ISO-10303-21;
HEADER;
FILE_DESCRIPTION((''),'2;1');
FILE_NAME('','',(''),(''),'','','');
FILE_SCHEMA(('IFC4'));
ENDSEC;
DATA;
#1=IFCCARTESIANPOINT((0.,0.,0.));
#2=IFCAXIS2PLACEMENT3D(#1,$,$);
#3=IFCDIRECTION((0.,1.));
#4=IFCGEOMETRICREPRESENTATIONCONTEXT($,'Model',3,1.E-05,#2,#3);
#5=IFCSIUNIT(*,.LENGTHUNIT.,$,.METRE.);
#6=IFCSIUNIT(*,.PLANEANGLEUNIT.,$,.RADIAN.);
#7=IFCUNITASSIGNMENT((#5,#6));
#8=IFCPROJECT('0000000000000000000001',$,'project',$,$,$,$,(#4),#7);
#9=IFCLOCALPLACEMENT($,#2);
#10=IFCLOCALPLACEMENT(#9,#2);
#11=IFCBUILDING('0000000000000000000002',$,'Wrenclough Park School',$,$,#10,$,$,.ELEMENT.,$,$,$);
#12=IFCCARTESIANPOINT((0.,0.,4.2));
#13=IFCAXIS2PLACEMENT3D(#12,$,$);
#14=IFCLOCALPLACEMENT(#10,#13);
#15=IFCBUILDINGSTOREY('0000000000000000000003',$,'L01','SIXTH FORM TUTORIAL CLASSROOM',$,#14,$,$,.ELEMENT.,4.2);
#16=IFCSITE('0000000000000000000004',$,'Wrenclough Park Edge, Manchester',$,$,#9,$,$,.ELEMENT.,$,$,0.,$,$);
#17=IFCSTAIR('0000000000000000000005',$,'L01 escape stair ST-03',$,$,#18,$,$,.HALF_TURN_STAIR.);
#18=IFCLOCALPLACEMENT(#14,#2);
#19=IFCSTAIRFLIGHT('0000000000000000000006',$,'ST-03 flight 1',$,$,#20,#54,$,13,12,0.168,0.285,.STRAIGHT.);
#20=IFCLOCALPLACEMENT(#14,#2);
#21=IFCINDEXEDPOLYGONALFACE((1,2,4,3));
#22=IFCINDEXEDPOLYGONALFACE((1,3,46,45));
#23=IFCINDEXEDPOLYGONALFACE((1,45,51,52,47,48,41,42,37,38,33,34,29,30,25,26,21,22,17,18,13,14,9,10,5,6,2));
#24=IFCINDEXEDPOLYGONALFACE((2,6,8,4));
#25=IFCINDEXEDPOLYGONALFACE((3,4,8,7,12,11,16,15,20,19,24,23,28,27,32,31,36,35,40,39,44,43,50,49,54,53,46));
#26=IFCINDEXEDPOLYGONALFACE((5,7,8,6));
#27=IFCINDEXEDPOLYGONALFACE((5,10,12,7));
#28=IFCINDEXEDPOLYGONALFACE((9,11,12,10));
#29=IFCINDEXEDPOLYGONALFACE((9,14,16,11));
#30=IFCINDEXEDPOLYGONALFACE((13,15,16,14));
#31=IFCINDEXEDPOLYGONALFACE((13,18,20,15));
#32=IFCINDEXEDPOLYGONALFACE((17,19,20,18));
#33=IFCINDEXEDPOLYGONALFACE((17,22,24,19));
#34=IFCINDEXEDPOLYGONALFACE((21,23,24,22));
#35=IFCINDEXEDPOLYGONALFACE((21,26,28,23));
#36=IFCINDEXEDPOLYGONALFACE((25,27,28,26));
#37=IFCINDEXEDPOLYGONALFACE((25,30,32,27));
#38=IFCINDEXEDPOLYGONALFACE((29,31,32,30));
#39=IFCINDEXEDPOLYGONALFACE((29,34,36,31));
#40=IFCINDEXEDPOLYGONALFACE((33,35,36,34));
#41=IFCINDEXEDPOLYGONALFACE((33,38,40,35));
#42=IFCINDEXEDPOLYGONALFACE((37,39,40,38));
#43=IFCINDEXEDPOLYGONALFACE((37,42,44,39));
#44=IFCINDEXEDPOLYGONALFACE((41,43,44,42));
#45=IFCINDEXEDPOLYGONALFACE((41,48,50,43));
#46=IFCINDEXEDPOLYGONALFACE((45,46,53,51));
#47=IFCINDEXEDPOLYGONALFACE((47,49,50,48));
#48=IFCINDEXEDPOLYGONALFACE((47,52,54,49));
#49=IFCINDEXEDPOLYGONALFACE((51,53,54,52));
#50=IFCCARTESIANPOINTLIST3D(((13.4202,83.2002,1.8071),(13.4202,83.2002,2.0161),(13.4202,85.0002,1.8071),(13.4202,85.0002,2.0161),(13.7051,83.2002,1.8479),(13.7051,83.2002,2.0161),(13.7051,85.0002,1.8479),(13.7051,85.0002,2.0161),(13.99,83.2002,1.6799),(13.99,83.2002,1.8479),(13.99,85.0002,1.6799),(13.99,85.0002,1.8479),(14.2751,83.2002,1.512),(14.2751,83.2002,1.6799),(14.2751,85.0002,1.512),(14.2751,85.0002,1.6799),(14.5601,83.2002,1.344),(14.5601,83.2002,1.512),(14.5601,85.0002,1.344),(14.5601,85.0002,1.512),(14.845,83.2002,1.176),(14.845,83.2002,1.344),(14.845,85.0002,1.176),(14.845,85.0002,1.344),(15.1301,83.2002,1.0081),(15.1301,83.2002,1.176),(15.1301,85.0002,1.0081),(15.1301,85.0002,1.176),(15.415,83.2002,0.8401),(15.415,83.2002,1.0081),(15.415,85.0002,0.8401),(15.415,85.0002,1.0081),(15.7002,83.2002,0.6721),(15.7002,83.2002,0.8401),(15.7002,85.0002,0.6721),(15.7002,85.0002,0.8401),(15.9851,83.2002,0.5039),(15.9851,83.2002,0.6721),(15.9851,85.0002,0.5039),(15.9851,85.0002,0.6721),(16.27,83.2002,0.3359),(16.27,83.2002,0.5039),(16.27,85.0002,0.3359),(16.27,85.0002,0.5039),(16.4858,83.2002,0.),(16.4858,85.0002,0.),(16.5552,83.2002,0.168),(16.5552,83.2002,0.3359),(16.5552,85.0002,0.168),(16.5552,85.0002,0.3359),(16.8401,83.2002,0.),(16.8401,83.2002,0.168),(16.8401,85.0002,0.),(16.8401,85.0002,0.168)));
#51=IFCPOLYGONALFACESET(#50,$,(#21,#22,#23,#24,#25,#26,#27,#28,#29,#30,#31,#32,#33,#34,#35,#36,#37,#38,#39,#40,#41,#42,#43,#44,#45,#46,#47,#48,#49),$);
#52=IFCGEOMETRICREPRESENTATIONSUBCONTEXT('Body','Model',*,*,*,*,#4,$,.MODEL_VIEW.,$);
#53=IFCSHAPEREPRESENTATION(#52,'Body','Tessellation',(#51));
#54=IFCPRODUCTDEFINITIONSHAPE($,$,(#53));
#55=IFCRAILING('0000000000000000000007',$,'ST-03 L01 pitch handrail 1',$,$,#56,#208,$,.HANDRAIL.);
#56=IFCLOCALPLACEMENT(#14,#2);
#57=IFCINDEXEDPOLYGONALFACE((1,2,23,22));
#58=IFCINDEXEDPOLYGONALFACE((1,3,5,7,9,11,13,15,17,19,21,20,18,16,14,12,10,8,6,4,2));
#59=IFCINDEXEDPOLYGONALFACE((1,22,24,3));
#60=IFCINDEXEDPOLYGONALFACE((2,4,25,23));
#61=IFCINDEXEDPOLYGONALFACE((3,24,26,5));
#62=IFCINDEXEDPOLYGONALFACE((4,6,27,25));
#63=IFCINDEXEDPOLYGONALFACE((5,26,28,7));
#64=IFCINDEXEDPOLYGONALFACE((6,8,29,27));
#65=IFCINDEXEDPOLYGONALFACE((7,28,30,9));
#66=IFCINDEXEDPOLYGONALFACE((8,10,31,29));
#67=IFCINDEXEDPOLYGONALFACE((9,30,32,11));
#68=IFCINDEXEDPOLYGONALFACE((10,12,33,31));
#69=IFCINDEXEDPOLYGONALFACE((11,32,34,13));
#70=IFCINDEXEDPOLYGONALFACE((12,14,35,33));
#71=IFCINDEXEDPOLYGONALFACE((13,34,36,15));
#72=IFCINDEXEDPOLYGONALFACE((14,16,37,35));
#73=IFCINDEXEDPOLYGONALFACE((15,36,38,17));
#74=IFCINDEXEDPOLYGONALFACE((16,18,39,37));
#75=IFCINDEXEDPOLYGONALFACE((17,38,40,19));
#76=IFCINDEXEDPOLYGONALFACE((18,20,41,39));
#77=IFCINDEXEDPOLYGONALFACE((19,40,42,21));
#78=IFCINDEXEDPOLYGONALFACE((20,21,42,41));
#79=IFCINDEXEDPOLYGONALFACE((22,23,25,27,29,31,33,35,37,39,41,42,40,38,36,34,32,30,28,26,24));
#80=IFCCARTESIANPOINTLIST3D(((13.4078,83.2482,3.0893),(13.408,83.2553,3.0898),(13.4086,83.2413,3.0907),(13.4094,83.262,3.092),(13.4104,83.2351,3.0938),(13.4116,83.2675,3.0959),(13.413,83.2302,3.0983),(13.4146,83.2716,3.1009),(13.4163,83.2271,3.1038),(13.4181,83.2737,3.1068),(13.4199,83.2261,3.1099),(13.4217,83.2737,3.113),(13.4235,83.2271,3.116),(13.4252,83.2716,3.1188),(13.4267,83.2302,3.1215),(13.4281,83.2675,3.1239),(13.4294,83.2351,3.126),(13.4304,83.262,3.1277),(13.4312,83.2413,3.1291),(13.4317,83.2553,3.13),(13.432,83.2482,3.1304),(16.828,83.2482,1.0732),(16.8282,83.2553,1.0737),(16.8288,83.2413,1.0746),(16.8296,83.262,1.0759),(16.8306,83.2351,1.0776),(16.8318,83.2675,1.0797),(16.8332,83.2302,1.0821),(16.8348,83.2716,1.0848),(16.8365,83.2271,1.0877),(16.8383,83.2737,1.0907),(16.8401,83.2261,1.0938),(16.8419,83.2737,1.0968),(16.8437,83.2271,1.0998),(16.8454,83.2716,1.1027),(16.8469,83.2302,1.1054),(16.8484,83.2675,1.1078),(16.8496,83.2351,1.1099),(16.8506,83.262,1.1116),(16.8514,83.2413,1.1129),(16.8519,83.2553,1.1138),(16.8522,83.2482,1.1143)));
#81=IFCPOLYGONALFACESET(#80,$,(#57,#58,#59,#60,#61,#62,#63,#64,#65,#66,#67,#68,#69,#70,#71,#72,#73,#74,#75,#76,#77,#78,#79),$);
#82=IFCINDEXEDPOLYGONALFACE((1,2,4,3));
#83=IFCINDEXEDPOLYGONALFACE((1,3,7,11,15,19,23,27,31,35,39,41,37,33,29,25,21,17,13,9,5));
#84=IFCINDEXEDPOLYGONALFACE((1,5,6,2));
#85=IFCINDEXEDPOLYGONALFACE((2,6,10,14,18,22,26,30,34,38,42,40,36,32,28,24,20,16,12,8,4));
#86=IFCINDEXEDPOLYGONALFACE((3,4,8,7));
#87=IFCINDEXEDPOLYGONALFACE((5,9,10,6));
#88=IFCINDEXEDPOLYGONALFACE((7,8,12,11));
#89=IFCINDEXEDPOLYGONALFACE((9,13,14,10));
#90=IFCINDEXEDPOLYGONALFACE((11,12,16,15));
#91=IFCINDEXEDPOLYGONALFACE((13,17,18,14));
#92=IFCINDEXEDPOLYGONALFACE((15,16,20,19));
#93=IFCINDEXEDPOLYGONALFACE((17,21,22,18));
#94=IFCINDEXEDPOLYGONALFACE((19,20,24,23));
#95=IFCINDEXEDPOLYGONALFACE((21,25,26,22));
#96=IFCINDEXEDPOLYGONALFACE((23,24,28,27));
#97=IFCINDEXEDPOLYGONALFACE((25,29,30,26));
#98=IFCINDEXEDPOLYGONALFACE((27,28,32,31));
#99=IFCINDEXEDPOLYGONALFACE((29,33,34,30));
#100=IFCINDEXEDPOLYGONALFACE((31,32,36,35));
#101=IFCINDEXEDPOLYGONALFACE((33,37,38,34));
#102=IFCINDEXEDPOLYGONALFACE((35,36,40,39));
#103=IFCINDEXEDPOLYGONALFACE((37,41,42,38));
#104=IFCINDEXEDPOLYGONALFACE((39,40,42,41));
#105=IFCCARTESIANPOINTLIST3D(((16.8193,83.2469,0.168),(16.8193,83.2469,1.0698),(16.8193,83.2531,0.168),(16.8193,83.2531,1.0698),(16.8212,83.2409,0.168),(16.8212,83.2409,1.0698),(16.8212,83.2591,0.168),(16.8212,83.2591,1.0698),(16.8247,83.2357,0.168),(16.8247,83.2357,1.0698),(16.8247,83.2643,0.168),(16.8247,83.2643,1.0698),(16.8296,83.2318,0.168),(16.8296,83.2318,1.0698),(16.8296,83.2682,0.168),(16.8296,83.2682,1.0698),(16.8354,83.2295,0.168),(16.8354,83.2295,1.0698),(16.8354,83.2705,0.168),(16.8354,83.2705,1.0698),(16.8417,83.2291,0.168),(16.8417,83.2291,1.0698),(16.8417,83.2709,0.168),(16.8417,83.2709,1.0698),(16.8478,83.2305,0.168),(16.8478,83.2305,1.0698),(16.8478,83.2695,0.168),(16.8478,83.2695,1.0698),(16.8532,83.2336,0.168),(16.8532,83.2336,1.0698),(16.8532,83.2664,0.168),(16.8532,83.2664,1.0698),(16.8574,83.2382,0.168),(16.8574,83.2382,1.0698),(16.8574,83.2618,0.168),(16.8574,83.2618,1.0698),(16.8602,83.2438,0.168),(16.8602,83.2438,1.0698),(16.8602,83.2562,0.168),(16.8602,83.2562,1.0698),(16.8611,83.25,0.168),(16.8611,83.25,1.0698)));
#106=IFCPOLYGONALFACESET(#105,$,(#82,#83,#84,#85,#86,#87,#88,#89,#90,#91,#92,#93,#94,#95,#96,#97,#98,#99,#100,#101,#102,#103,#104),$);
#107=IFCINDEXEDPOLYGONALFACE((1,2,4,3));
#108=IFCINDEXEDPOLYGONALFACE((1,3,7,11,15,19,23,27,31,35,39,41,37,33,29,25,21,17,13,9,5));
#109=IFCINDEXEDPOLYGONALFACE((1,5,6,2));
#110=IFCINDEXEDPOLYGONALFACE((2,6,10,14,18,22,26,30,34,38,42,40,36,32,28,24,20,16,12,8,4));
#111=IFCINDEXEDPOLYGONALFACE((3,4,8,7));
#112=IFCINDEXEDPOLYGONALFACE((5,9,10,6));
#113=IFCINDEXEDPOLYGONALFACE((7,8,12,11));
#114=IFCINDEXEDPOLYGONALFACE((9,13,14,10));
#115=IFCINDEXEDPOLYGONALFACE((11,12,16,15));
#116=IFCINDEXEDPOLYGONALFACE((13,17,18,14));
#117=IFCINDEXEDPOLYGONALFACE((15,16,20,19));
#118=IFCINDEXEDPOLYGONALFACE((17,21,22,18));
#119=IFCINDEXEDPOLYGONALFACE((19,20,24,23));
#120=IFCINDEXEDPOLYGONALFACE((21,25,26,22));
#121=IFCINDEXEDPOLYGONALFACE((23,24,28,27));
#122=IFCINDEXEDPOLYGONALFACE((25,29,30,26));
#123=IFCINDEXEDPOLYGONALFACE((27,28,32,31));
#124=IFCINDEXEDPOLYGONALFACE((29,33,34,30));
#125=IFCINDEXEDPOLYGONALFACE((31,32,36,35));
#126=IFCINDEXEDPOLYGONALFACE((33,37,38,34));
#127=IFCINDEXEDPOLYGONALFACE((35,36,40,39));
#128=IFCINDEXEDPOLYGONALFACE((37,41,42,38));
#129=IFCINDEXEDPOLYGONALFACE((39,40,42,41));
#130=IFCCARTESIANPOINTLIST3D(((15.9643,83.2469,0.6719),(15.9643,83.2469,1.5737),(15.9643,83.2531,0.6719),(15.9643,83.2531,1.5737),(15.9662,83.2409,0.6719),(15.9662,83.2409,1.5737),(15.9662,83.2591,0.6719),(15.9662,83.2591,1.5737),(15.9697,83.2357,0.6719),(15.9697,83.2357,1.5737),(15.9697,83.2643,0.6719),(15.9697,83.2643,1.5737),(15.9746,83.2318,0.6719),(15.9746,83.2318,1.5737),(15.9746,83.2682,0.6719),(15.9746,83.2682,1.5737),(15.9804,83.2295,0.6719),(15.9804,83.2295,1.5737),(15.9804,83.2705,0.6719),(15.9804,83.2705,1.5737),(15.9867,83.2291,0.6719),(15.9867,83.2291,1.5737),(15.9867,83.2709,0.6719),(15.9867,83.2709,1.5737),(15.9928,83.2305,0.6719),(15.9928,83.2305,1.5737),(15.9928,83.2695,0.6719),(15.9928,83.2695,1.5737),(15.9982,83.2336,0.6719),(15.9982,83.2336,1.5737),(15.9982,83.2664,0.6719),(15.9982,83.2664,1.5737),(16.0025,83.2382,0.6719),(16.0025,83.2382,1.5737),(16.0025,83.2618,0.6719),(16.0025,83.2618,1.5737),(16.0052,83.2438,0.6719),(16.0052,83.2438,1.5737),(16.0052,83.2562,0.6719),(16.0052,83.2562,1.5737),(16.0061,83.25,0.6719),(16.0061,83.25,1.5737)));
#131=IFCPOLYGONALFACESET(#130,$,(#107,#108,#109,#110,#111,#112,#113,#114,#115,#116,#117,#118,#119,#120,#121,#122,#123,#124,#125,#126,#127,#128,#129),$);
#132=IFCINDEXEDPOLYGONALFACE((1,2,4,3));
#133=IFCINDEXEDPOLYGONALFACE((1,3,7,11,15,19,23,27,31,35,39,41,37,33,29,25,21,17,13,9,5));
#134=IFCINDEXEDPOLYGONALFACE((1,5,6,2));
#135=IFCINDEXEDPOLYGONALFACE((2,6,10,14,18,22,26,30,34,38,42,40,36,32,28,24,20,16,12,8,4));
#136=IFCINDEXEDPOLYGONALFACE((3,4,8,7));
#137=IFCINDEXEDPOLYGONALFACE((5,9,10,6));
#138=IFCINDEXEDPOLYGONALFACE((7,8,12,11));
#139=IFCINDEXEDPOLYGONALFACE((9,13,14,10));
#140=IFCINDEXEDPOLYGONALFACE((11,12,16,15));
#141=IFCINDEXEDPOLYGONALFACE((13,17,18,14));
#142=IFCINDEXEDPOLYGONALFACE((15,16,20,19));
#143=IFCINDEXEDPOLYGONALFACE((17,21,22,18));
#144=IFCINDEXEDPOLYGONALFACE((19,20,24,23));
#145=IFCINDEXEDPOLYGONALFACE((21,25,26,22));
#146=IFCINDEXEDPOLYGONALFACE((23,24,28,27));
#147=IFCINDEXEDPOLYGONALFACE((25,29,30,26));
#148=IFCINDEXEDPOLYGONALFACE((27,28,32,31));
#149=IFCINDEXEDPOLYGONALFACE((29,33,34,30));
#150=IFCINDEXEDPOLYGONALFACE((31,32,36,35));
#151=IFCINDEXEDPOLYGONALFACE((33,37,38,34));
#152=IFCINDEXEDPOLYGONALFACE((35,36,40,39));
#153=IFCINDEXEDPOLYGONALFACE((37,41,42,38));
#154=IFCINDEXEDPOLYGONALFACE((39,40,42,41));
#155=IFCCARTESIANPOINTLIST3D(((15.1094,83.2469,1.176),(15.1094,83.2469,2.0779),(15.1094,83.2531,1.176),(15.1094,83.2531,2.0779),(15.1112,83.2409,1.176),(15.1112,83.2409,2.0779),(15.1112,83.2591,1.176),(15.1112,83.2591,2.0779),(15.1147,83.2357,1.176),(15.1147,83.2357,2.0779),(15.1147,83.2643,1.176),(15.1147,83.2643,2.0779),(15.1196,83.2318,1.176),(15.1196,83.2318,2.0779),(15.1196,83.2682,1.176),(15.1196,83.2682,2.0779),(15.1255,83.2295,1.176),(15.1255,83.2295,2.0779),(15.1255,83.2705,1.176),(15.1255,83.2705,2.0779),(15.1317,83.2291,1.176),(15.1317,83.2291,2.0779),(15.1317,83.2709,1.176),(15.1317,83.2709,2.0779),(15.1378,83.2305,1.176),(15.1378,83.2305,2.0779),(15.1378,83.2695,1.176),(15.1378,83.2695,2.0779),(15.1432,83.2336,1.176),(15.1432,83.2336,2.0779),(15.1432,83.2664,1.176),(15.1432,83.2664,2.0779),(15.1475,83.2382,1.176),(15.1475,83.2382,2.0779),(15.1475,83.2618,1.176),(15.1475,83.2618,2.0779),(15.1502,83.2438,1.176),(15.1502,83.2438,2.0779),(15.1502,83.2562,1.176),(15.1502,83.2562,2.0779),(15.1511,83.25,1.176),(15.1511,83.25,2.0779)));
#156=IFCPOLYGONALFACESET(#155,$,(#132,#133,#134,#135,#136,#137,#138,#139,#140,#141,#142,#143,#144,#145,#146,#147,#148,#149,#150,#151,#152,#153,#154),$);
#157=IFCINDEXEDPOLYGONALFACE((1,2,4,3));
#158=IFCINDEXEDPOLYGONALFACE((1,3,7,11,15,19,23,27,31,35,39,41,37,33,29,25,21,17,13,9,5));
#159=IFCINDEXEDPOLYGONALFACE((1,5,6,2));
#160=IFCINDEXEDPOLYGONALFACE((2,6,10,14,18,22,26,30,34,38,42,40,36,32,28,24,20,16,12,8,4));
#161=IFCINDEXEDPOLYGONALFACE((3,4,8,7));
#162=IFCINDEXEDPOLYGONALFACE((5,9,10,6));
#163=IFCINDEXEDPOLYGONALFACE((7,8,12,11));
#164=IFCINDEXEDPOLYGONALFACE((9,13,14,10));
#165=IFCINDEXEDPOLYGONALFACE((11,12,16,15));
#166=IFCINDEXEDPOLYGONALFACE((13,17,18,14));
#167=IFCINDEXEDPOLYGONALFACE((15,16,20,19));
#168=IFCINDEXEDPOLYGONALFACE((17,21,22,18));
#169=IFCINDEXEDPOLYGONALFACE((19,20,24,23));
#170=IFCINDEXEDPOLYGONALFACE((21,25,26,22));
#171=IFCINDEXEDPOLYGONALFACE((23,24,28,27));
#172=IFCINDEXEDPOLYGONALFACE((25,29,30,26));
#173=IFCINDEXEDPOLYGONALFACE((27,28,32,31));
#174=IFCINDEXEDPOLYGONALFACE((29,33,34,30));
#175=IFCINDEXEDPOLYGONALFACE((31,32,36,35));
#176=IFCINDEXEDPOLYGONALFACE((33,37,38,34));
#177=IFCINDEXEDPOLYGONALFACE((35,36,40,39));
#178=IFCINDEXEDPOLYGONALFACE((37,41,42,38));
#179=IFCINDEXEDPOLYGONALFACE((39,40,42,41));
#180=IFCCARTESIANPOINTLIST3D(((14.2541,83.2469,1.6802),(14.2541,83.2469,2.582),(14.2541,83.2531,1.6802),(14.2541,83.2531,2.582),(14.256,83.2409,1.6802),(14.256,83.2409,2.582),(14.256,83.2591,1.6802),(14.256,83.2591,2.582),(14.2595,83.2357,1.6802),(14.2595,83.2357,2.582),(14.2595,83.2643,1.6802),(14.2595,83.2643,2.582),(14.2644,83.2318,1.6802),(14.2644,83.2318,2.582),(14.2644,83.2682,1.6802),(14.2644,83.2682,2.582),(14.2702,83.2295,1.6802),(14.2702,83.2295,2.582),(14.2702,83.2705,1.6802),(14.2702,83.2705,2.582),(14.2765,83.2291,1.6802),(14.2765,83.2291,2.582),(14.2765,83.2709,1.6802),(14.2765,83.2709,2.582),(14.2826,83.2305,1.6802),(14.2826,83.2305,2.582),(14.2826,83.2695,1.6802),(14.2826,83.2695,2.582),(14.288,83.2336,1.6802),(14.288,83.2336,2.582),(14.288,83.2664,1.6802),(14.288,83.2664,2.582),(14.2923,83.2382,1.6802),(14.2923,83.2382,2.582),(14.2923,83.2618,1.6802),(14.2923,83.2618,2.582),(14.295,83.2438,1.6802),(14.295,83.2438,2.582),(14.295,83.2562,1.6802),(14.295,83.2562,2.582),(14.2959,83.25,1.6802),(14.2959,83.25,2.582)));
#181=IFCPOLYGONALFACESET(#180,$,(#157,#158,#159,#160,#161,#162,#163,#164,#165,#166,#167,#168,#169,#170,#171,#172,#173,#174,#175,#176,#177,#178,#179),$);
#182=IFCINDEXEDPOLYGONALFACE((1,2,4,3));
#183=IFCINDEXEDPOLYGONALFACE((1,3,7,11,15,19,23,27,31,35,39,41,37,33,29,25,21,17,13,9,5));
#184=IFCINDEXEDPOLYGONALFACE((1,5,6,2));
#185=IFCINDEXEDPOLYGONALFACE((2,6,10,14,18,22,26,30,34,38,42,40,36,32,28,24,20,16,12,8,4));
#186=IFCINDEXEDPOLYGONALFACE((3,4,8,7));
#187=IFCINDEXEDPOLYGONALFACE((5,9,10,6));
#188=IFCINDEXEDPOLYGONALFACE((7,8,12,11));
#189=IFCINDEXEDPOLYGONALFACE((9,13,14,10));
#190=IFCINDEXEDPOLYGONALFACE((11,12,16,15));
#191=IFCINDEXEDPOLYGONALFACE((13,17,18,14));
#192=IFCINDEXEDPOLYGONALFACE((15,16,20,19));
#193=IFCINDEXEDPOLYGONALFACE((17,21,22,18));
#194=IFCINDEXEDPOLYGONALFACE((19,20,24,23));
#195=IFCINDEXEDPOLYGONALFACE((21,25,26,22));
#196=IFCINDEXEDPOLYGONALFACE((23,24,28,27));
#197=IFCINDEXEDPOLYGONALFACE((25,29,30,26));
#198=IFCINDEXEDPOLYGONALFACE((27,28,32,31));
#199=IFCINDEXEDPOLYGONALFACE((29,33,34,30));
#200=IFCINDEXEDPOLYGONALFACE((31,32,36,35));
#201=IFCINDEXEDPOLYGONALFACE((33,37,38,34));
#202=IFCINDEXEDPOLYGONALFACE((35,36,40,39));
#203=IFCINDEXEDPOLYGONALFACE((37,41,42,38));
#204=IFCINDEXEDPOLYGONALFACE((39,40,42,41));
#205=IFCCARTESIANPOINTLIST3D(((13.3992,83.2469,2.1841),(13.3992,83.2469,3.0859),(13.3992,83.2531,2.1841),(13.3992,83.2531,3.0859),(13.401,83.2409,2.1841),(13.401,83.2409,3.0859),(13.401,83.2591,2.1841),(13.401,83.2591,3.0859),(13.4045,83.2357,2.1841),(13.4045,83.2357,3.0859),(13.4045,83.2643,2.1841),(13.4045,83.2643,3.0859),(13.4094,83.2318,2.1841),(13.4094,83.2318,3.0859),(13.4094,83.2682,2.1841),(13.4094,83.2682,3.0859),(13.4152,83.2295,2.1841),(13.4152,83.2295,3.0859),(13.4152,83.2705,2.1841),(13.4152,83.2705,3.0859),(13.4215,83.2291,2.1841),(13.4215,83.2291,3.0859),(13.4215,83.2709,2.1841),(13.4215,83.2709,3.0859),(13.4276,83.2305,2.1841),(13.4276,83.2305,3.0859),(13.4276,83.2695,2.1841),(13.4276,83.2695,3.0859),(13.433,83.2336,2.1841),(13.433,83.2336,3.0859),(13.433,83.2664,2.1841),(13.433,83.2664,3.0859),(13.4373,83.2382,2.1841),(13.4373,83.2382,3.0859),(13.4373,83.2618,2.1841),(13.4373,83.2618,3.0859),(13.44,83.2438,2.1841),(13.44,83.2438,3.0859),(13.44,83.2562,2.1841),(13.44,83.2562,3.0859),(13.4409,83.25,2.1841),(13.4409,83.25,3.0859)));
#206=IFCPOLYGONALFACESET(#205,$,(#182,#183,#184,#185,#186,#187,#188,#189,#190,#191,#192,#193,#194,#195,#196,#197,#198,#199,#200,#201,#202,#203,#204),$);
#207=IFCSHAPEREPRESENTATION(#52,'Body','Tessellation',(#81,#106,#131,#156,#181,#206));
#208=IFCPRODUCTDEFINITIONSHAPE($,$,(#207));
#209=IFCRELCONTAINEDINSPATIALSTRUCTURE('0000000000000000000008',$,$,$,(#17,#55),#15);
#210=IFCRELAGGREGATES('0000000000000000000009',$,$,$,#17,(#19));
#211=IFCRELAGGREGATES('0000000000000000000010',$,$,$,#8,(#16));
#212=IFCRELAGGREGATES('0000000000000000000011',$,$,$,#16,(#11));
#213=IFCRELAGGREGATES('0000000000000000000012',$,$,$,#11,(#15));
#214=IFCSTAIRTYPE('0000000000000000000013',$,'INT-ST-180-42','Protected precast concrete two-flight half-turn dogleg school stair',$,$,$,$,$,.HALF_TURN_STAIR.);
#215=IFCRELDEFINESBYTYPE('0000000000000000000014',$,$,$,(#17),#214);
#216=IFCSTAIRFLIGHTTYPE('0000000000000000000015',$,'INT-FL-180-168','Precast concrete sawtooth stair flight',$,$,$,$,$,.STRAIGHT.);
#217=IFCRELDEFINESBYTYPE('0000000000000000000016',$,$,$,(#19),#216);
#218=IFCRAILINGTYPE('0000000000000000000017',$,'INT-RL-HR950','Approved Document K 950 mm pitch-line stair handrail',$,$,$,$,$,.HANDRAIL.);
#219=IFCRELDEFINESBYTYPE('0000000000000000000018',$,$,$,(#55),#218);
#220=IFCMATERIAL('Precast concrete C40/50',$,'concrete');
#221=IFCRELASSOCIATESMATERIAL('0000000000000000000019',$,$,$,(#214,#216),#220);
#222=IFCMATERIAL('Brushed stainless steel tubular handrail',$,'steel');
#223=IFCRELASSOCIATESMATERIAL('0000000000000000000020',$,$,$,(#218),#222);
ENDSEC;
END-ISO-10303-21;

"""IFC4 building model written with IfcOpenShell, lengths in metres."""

from ifc_helpers import new_model, si_unit, direction, frame, origin, origin_2d, place, context, subcontext, project, spatial, polyline, circle, outline, extrude, material, type_object, element, aggregate, save


model = new_model("IFC4")

# Units and contexts
model_context = context("Model", 3, precision=1e-05, world=origin(), true_north=direction((0.0, 1.0)))
body_context = subcontext(model_context, "Body", "Model", "MODEL_VIEW")
ifc_project = project(units=[si_unit("LENGTHUNIT", "METRE"), si_unit("PLANEANGLEUNIT", "RADIAN")], contexts=[model_context])

# Site, building, storey
site_placement = place(None, origin())
site = spatial("IfcSite", under=ifc_project, at=site_placement, Name="Wrenclough Park Edge, Manchester", CompositionType="ELEMENT", RefElevation=0.0)
building_placement = place(site_placement, origin())
building = spatial("IfcBuilding", under=site, at=building_placement, Name="Wrenclough Park School", CompositionType="ELEMENT")
storey_placement = place(building_placement, frame((0.0, 0.0, 4.2)))
storey = spatial("IfcBuildingStorey", under=building, at=storey_placement, Name="L01", Description="SIXTH FORM TUTORIAL CLASSROOM", CompositionType="ELEMENT", Elevation=4.2)

# Stair, stair flight
ifc_material_1 = material(Name="Precast concrete C40/50", Category="concrete")
stair_type = type_object("IfcStairType", Name="INT-ST-180-42", Description="Protected precast concrete two-flight half-turn dogleg school stair", PredefinedType="HALF_TURN_STAIR", material=ifc_material_1)
stair_placement = place(storey_placement, origin())
stair = element("IfcStair", 1, at=stair_placement, inside=storey, type_object=stair_type, Name="L01 escape stair ST-03", PredefinedType="HALF_TURN_STAIR")
stair_flight_type = type_object("IfcStairFlightType", Name="INT-FL-180-168", Description="Precast concrete sawtooth stair flight", PredefinedType="STRAIGHT", material=ifc_material_1)
stair_flight_placement = place(storey_placement, frame((16.8401, 84.1001, 0.0), z_axis=(0.0, 0.0, 1.0), x_axis=(-1.0, 0.0, 0.0)))
stair_flight = element("IfcStairFlight", 2, at=stair_flight_placement, type_object=stair_flight_type, Name="ST-03 flight 1", NumberOfRisers=13, NumberOfTreads=12, PredefinedType="STRAIGHT", RiserHeight=0.168, TreadLength=0.285, context=body_context, shape_type="SweptSolid", body=[
    extrude(outline(polyline([(0.0, 0.0), (0.0, 0.168), (0.2849, 0.168), (0.2849, 0.3359), (0.5701, 0.3359), (0.5701, 0.5039), (0.855, 0.5039), (0.855, 0.6721), (1.1399, 0.6721), (1.1399, 0.8401), (1.425, 0.8401), (1.425, 1.0081), (1.71, 1.0081), (1.71, 1.176), (1.9951, 1.176), (1.9951, 1.344), (2.28, 1.344), (2.28, 1.512), (2.5649, 1.512), (2.5649, 1.6799), (2.8501, 1.6799), (2.8501, 1.8479), (3.135, 1.8479), (3.135, 2.0161), (3.4199, 2.0161), (3.4199, 2.1841), (3.4199, 1.8071), (0.3542, 0.0), (0.0, 0.0)])), frame((0.0, 0.8999, 0.0), z_axis=(0.0, -1.0, 0.0), x_axis=(1.0, 0.0, 0.0)), (0.0, 0.0, 1.0), 1.8),
])
aggregate(stair, [stair_flight])

# Railing
ifc_material_2 = material(Name="Brushed stainless steel tubular handrail", Category="steel")
railing_type = type_object("IfcRailingType", Name="INT-RL-HR950", Description="Approved Document K 950 mm pitch-line stair handrail", PredefinedType="HANDRAIL", material=ifc_material_2)
railing_placement = place(storey_placement, frame((16.8401, 83.25, 0.168)))
element("IfcRailing", 3, at=railing_placement, inside=storey, type_object=railing_type, Name="ST-03 L01 pitch handrail 1", PredefinedType="HANDRAIL", context=body_context, shape_type="SweptSolid", body=[
    extrude(circle(Radius=0.0239, at=origin_2d()), frame((0.0, 0.0, 0.9258), z_axis=(-0.861466, 0.0, 0.507815), x_axis=(0.0, -1.0, 0.0)), (0.0, 0.0, 1.0), 3.9702),
    extrude(circle(Radius=0.021, at=origin_2d()), origin(), (0.0, 0.0, 1.0), 0.9019),
    extrude(circle(Radius=0.021, at=origin_2d()), frame((-0.855, 0.0, 0.5039)), (0.0, 0.0, 1.0), 0.9019),
    extrude(circle(Radius=0.021, at=origin_2d()), frame((-1.71, 0.0, 1.0081)), (0.0, 0.0, 1.0), 0.9019),
    extrude(circle(Radius=0.021, at=origin_2d()), frame((-2.5652, 0.0, 1.5122)), (0.0, 0.0, 1.0), 0.9019),
    extrude(circle(Radius=0.021, at=origin_2d()), frame((-3.4202, 0.0, 2.0161)), (0.0, 0.0, 1.0), 0.9019),
])

save(model, "model.ifc")
